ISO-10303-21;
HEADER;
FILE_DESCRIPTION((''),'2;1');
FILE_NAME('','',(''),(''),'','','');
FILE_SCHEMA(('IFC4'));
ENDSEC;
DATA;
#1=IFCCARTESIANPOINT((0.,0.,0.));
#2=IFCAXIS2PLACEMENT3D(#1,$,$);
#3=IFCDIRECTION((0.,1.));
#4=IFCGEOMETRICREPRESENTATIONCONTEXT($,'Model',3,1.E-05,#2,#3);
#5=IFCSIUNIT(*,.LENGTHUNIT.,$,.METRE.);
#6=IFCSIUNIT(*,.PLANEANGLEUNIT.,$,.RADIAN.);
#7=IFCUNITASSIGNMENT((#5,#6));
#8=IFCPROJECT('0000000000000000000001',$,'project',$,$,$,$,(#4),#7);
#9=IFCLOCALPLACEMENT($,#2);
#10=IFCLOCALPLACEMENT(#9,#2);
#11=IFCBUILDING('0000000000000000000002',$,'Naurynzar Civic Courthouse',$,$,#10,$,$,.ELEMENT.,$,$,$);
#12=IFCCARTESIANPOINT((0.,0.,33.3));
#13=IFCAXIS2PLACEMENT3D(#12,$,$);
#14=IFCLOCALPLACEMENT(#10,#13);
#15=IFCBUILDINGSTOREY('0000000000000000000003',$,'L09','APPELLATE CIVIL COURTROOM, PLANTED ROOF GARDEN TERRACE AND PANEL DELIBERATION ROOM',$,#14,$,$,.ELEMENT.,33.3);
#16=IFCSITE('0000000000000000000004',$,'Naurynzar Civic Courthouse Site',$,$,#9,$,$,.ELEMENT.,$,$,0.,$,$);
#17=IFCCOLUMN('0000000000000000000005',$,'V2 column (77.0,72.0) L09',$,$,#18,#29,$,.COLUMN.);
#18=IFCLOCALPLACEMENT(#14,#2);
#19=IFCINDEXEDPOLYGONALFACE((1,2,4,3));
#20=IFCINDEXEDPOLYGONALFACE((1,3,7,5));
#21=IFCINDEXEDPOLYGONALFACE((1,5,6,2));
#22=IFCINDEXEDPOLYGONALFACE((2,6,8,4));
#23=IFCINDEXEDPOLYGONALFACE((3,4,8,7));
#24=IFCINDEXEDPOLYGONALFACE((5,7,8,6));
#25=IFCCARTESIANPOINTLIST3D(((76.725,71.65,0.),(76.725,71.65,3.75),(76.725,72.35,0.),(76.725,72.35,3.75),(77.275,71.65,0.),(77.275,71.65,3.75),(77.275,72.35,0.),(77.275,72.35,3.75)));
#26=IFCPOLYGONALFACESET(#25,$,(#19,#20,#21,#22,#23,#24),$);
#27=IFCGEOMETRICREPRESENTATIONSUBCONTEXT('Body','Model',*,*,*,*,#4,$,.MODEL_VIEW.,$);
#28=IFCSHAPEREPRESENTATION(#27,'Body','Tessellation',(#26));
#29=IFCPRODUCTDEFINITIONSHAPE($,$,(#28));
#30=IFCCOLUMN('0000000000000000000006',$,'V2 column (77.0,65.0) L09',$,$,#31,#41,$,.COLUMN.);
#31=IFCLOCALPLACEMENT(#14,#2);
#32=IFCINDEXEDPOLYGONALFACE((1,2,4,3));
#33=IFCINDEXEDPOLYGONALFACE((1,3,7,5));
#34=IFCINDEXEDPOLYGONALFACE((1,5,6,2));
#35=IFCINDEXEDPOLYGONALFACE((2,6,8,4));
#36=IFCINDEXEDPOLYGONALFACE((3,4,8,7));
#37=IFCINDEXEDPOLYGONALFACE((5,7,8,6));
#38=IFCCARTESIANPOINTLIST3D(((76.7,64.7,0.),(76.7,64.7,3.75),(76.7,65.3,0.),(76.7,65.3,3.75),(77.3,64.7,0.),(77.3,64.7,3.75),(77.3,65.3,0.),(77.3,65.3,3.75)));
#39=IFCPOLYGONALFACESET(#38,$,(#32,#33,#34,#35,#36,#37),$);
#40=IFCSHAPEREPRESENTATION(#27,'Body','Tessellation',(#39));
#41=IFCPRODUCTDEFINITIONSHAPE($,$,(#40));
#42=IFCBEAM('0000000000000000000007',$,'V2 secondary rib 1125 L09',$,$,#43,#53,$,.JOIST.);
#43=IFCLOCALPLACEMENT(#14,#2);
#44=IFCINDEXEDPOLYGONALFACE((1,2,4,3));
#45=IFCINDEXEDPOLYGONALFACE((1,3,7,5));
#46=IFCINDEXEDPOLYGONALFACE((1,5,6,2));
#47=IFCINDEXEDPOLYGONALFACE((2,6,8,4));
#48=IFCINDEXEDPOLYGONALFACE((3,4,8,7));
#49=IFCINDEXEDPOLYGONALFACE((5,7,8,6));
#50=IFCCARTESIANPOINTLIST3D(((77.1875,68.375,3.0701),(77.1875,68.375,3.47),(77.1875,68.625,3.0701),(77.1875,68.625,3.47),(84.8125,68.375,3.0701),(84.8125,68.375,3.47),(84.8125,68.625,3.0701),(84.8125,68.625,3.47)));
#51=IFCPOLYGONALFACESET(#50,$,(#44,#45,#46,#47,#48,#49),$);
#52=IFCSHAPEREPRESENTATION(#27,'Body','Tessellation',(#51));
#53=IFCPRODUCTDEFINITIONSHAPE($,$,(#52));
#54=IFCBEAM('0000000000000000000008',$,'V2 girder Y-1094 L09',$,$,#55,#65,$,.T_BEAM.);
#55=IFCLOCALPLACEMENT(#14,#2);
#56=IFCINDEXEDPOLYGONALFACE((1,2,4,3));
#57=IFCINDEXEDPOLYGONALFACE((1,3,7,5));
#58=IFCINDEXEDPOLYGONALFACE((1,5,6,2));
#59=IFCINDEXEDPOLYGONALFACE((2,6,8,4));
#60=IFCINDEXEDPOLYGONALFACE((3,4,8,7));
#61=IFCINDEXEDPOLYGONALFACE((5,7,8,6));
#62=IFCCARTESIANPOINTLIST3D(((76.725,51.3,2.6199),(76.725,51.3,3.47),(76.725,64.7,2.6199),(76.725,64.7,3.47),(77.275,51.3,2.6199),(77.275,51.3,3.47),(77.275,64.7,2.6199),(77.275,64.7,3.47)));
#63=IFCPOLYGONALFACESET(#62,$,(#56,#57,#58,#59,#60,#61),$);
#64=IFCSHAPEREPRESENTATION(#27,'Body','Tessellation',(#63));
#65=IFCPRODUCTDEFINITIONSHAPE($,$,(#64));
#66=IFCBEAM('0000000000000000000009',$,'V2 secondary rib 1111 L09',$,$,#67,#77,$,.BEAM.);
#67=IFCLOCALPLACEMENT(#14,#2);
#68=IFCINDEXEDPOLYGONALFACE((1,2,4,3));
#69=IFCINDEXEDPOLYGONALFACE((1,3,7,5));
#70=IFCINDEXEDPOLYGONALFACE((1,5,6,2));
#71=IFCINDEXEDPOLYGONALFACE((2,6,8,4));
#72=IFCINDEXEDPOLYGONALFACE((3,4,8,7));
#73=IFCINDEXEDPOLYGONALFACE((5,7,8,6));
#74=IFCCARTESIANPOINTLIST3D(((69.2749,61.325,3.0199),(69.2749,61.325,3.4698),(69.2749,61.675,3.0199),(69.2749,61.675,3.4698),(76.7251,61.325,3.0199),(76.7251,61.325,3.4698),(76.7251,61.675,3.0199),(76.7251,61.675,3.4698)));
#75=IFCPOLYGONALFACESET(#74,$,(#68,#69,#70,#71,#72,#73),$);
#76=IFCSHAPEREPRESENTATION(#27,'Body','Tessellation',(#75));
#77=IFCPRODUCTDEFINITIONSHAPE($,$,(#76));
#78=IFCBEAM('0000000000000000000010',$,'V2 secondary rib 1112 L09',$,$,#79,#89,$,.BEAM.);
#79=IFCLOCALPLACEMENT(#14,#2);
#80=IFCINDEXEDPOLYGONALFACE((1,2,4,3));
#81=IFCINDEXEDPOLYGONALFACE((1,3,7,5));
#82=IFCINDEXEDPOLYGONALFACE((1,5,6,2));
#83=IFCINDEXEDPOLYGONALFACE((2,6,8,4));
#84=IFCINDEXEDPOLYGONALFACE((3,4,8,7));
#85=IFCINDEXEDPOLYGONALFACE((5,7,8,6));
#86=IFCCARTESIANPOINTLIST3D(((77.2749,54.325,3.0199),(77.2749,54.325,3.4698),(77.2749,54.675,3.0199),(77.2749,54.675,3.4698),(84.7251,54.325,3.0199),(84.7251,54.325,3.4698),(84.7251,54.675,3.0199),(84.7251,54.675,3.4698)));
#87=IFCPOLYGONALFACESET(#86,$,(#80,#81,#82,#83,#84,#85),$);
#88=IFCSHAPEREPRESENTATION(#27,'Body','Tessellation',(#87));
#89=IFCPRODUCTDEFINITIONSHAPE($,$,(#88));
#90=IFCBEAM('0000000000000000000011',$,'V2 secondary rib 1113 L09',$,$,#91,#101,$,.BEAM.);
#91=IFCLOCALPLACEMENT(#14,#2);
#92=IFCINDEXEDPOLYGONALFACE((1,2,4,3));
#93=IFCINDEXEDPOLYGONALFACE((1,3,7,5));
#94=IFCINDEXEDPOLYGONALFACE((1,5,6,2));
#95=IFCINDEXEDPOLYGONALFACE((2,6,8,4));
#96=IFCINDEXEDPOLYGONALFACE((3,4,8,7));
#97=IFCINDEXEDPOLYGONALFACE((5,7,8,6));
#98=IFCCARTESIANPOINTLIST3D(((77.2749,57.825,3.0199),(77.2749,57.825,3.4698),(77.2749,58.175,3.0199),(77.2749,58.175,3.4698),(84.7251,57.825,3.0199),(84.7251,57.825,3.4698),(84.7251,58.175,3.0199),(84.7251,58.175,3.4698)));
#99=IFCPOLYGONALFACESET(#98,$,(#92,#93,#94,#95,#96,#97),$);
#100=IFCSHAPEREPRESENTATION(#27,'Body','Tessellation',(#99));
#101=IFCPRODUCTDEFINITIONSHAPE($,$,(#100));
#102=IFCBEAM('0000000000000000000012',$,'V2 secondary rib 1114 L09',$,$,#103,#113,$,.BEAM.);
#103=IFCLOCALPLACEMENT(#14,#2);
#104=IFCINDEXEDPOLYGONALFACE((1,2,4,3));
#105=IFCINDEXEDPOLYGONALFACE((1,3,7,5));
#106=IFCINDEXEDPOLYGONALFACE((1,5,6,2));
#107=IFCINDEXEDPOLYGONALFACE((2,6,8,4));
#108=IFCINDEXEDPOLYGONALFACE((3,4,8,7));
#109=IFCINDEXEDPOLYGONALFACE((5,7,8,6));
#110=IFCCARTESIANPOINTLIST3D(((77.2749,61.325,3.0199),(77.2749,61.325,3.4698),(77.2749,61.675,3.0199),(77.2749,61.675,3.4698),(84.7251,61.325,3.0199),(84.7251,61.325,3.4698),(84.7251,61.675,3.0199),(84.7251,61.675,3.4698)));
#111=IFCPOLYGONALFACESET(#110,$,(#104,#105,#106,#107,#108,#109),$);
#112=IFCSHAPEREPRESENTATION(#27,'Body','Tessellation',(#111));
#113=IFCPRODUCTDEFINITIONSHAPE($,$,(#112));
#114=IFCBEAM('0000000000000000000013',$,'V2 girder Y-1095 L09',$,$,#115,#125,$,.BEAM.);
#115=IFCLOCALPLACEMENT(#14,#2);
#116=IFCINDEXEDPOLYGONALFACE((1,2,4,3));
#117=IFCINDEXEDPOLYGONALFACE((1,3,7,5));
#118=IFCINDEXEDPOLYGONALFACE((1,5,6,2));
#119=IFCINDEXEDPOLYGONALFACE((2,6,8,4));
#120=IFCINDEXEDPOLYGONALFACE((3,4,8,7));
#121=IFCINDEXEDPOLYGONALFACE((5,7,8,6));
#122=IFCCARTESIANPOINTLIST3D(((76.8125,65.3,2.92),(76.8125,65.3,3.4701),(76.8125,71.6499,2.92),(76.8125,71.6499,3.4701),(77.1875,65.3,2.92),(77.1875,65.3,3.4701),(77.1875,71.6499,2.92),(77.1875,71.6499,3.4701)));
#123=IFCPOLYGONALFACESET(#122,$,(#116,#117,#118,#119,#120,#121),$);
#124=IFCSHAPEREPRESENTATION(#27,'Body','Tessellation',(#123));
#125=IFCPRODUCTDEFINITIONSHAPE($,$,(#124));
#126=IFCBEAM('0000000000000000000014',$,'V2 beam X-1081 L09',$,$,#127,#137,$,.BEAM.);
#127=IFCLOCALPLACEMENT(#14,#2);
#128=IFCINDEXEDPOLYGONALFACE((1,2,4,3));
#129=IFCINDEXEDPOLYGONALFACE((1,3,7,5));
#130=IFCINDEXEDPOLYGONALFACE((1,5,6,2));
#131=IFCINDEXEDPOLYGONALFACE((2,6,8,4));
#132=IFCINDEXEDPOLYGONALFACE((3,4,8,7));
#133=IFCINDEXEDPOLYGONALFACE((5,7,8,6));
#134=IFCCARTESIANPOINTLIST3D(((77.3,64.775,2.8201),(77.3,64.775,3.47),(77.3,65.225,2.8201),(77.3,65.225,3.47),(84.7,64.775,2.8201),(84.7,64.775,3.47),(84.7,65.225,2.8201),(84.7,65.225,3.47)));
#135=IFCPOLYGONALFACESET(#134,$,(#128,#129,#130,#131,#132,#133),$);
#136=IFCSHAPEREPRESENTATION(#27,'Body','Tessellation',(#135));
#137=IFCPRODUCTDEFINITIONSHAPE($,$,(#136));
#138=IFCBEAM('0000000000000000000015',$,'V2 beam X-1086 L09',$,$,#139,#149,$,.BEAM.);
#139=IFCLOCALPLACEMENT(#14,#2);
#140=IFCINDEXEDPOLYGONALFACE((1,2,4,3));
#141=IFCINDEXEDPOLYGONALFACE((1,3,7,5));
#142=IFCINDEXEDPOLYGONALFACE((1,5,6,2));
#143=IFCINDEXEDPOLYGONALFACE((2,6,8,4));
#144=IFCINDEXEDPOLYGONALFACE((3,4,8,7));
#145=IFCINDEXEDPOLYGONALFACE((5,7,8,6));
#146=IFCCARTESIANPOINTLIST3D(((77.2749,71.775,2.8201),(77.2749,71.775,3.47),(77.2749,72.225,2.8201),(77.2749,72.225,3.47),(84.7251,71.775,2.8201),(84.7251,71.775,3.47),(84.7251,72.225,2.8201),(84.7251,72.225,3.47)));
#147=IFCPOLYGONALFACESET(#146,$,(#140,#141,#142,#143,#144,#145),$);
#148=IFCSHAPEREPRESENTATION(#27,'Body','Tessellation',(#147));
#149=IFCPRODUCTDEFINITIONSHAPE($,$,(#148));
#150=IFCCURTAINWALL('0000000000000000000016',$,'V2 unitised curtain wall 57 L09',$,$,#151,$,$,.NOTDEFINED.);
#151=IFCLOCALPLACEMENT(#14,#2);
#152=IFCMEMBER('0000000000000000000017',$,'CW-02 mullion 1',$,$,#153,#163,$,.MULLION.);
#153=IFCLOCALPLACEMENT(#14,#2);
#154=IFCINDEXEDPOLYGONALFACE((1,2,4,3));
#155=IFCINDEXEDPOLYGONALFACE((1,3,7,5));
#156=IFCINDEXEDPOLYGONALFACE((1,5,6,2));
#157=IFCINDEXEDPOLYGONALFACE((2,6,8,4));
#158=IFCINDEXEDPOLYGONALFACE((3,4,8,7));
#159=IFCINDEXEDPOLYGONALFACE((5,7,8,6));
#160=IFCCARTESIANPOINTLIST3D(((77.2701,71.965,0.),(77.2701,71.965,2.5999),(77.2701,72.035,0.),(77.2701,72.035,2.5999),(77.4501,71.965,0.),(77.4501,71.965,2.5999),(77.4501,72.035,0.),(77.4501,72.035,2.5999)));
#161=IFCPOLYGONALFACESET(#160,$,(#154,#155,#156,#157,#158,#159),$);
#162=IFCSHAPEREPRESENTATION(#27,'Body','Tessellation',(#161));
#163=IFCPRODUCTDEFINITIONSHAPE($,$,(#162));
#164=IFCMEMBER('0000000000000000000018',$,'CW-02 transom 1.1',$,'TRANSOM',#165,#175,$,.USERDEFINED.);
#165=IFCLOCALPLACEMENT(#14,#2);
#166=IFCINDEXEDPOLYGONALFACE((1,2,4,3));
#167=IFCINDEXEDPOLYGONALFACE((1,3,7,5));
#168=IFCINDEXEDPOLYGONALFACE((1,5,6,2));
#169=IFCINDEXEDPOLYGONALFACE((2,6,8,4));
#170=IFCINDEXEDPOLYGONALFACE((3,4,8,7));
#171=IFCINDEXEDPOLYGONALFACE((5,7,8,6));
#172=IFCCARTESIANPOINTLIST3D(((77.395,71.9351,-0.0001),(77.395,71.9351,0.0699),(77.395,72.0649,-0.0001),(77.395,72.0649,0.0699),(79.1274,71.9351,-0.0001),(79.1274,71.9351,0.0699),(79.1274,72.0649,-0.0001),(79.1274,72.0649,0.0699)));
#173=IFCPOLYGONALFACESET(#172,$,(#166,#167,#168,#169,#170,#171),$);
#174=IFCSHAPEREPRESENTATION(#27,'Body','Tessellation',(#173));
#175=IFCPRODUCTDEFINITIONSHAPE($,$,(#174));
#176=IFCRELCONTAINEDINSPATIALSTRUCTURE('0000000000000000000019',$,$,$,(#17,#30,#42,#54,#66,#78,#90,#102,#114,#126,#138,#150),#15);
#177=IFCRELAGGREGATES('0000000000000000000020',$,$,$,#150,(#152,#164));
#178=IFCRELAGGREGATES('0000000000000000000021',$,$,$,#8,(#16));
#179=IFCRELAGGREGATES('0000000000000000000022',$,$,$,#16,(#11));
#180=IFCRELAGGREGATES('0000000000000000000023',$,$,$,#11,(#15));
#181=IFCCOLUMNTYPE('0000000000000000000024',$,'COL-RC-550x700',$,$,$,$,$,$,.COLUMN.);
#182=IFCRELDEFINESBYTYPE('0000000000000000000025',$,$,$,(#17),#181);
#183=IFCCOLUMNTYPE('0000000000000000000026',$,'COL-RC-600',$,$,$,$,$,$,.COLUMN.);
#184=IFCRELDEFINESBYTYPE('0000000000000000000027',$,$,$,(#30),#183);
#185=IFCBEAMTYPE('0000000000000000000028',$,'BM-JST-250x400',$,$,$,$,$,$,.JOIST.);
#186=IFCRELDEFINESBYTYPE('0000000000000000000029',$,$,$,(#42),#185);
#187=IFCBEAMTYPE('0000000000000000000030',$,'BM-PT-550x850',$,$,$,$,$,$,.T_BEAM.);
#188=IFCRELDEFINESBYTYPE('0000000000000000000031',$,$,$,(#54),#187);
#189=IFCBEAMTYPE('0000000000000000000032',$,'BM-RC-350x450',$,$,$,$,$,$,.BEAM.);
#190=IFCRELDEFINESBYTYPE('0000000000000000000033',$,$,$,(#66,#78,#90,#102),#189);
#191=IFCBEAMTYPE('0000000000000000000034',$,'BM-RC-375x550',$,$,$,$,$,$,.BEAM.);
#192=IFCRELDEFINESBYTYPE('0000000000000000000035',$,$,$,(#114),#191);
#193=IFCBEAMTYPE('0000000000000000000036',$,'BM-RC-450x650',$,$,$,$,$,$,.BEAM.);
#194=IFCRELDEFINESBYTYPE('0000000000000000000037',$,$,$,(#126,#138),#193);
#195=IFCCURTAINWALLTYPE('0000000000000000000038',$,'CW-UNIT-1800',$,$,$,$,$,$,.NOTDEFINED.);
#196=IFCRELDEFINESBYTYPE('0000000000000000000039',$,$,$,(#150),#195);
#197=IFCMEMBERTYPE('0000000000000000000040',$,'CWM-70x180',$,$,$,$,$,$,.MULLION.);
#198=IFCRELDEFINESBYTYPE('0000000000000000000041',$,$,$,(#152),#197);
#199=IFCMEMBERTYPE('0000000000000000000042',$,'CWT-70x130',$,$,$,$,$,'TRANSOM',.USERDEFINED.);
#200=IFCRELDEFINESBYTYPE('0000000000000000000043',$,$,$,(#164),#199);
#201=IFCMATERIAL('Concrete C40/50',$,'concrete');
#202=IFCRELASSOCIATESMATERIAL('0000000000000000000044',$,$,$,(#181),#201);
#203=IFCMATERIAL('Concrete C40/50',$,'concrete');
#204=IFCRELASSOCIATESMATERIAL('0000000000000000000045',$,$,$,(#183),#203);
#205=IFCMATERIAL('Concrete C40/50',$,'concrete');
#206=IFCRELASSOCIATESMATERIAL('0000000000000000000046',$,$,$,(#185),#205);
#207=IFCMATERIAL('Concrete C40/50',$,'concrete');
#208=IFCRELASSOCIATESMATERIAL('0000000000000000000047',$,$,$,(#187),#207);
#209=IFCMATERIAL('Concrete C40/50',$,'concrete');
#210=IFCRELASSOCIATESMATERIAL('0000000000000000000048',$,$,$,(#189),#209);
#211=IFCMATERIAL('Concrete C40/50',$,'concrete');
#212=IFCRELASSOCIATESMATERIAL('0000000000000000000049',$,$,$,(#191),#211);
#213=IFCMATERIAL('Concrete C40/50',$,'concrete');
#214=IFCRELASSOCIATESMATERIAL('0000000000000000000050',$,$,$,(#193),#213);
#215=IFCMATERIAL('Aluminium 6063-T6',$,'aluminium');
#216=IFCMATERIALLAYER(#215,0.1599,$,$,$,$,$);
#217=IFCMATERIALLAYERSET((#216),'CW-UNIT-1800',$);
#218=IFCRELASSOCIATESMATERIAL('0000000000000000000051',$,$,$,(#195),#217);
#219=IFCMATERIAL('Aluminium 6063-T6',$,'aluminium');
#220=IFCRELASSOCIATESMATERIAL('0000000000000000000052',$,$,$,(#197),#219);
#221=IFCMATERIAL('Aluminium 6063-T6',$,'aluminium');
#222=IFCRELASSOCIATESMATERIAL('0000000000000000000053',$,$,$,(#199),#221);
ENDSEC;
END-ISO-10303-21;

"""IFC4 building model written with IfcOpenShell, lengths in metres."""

from ifc_helpers import new_model, si_unit, direction, frame, origin, origin_2d, place, context, subcontext, project, spatial, rectangle, extrude, material, layer, layer_set, material_profile, profile_set, type_object, element, aggregate, save


model = new_model("IFC4")

# Units and contexts
model_context = context("Model", 3, precision=1e-05, world=origin(), true_north=direction((0.0, 1.0)))
body_context = subcontext(model_context, "Body", "Model", "MODEL_VIEW")
ifc_project = project(units=[si_unit("LENGTHUNIT", "METRE"), si_unit("PLANEANGLEUNIT", "RADIAN")], contexts=[model_context])

# Site, building, storey
site_placement = place(None, origin())
site = spatial("IfcSite", under=ifc_project, at=site_placement, Name="Naurynzar Civic Courthouse Site", CompositionType="ELEMENT", RefElevation=0.0)
building_placement = place(site_placement, origin())
building = spatial("IfcBuilding", under=site, at=building_placement, Name="Naurynzar Civic Courthouse", CompositionType="ELEMENT")
storey_placement = place(building_placement, frame((0.0, 0.0, 33.3)))
storey = spatial("IfcBuildingStorey", under=building, at=storey_placement, Name="L09", Description="APPELLATE CIVIL COURTROOM, PLANTED ROOF GARDEN TERRACE AND PANEL DELIBERATION ROOM", CompositionType="ELEMENT", Elevation=33.3)

# Columns
ifc_material_1 = material(Name="Concrete C40/50", Category="concrete")
ifc_material_profile_1 = material_profile(ifc_material_1, rectangle(XDim=0.55, YDim=0.7, at=origin_2d()), Name="RC 550x700")
ifc_profile_set_1 = profile_set([ifc_material_profile_1], Name="Concrete C40/50")
column_type_1 = type_object("IfcColumnType", Name="COL-RC-550x700", PredefinedType="COLUMN", material=ifc_profile_set_1)
column_1_placement = place(storey_placement, frame((77.0, 72.0, 0.0), z_axis=(0.0, 0.0, 1.0), x_axis=(1.0, 0.0, 0.0)))
element("IfcColumn", 1, at=column_1_placement, inside=storey, type_object=column_type_1, Name="V2 column (77.0,72.0) L09", PredefinedType="COLUMN", context=body_context, shape_type="SweptSolid", body=[
    extrude(rectangle(XDim=0.55, YDim=0.7, at=origin_2d()), origin(), (0.0, 0.0, 1.0), 3.75),
])
ifc_material_2 = material(Name="Concrete C40/50", Category="concrete")
ifc_material_profile_2 = material_profile(ifc_material_2, rectangle(XDim=0.6001, YDim=0.6001, at=origin_2d()), Name="RC 600x600")
ifc_profile_set_2 = profile_set([ifc_material_profile_2], Name="Concrete C40/50")
column_type_2 = type_object("IfcColumnType", Name="COL-RC-600", PredefinedType="COLUMN", material=ifc_profile_set_2)
column_2_placement = place(storey_placement, frame((77.0, 65.0, 0.0), z_axis=(0.0, 0.0, 1.0), x_axis=(1.0, 0.0, 0.0)))
element("IfcColumn", 2, at=column_2_placement, inside=storey, type_object=column_type_2, Name="V2 column (77.0,65.0) L09", PredefinedType="COLUMN", context=body_context, shape_type="SweptSolid", body=[
    extrude(rectangle(XDim=0.6001, YDim=0.6001, at=origin_2d()), origin(), (0.0, 0.0, 1.0), 3.75),
])

# Beams
ifc_material_3 = material(Name="Concrete C40/50", Category="concrete")
ifc_material_profile_3 = material_profile(ifc_material_3, rectangle(XDim=0.25, YDim=0.3999, at=origin_2d()), Name="RCB 250x400")
ifc_profile_set_3 = profile_set([ifc_material_profile_3], Name="Concrete C40/50")
beam_type_1 = type_object("IfcBeamType", Name="BM-JST-250x400", PredefinedType="JOIST", material=ifc_profile_set_3)
beam_1_placement = place(storey_placement, frame((77.1875, 68.5, 3.27), z_axis=(1.0, 0.0, 0.0), x_axis=(0.0, 1.0, 0.0)))
element("IfcBeam", 3, at=beam_1_placement, inside=storey, type_object=beam_type_1, Name="V2 secondary rib 1125 L09", PredefinedType="JOIST", context=body_context, shape_type="SweptSolid", body=[
    extrude(rectangle(XDim=0.25, YDim=0.3999, at=origin_2d()), origin(), (0.0, 0.0, 1.0), 7.625),
])
ifc_material_4 = material(Name="Concrete C40/50", Category="concrete")
ifc_material_profile_4 = material_profile(ifc_material_4, rectangle(XDim=0.55, YDim=0.8501, at=origin_2d()), Name="PTB 550x850")
ifc_profile_set_4 = profile_set([ifc_material_profile_4], Name="Concrete C40/50")
beam_type_2 = type_object("IfcBeamType", Name="BM-PT-550x850", PredefinedType="T_BEAM", material=ifc_profile_set_4)
beam_2_placement = place(storey_placement, frame((77.0, 51.3, 3.0449), z_axis=(0.0, 1.0, 0.0), x_axis=(-1.0, 0.0, 0.0)))
element("IfcBeam", 4, at=beam_2_placement, inside=storey, type_object=beam_type_2, Name="V2 girder Y-1094 L09", PredefinedType="T_BEAM", context=body_context, shape_type="SweptSolid", body=[
    extrude(rectangle(XDim=0.55, YDim=0.8501, at=origin_2d()), origin(), (0.0, 0.0, 1.0), 13.3999),
])
ifc_material_5 = material(Name="Concrete C40/50", Category="concrete")
ifc_material_profile_5 = material_profile(ifc_material_5, rectangle(XDim=0.3501, YDim=0.45, at=origin_2d()), Name="RCB 350x450")
ifc_profile_set_5 = profile_set([ifc_material_profile_5], Name="Concrete C40/50")
beam_type_3 = type_object("IfcBeamType", Name="BM-RC-350x450", PredefinedType="BEAM", material=ifc_profile_set_5)
for number, where, z_axis, x_axis, name in (
    (5, (69.2749, 61.5, 3.2449), (1.0, 0.0, 0.0), (0.0, 1.0, 0.0), "V2 secondary rib 1111 L09"),
    (6, (77.2749, 54.5, 3.2449), (1.0, 0.0, 0.0), (0.0, 1.0, 0.0), "V2 secondary rib 1112 L09"),
    (7, (77.2749, 58.0, 3.2449), (1.0, 0.0, 0.0), (0.0, 1.0, 0.0), "V2 secondary rib 1113 L09"),
    (8, (77.2749, 61.5, 3.2449), (1.0, 0.0, 0.0), (0.0, 1.0, 0.0), "V2 secondary rib 1114 L09"),
):
    element("IfcBeam", number, at=place(storey_placement, frame(where, z_axis=z_axis, x_axis=x_axis)), inside=storey, type_object=beam_type_3, Name=name, PredefinedType="BEAM", context=body_context, shape_type="SweptSolid", body=[
        extrude(rectangle(XDim=0.3501, YDim=0.45, at=origin_2d()), origin(), (0.0, 0.0, 1.0), 7.4502),
    ])
ifc_material_6 = material(Name="Concrete C40/50", Category="concrete")
ifc_material_profile_6 = material_profile(ifc_material_6, rectangle(XDim=0.375, YDim=0.55, at=origin_2d()), Name="RCB 375x550")
ifc_profile_set_6 = profile_set([ifc_material_profile_6], Name="Concrete C40/50")
beam_type_4 = type_object("IfcBeamType", Name="BM-RC-375x550", PredefinedType="BEAM", material=ifc_profile_set_6)
beam_3_placement = place(storey_placement, frame((77.0, 65.3, 3.1951), z_axis=(0.0, 1.0, 0.0), x_axis=(-1.0, 0.0, 0.0)))
element("IfcBeam", 9, at=beam_3_placement, inside=storey, type_object=beam_type_4, Name="V2 girder Y-1095 L09", PredefinedType="BEAM", context=body_context, shape_type="SweptSolid", body=[
    extrude(rectangle(XDim=0.375, YDim=0.55, at=origin_2d()), origin(), (0.0, 0.0, 1.0), 6.3499),
])
ifc_material_7 = material(Name="Concrete C40/50", Category="concrete")
ifc_material_profile_7 = material_profile(ifc_material_7, rectangle(XDim=0.45, YDim=0.6499, at=origin_2d()), Name="RCB 450x650")
ifc_profile_set_7 = profile_set([ifc_material_profile_7], Name="Concrete C40/50")
beam_type_5 = type_object("IfcBeamType", Name="BM-RC-450x650", PredefinedType="BEAM", material=ifc_profile_set_7)
beam_4_placement = place(storey_placement, frame((77.3, 65.0, 3.145), z_axis=(1.0, 0.0, 0.0), x_axis=(0.0, 1.0, 0.0)))
element("IfcBeam", 10, at=beam_4_placement, inside=storey, type_object=beam_type_5, Name="V2 beam X-1081 L09", PredefinedType="BEAM", context=body_context, shape_type="SweptSolid", body=[
    extrude(rectangle(XDim=0.45, YDim=0.6499, at=origin_2d()), origin(), (0.0, 0.0, 1.0), 7.3999),
])
beam_5_placement = place(storey_placement, frame((77.2749, 72.0, 3.145), z_axis=(1.0, 0.0, 0.0), x_axis=(0.0, 1.0, 0.0)))
element("IfcBeam", 11, at=beam_5_placement, inside=storey, type_object=beam_type_5, Name="V2 beam X-1086 L09", PredefinedType="BEAM", context=body_context, shape_type="SweptSolid", body=[
    extrude(rectangle(XDim=0.45, YDim=0.6499, at=origin_2d()), origin(), (0.0, 0.0, 1.0), 7.4502),
])

# Curtain wall, members
ifc_material_8 = material(Name="Aluminium 6063-T6", Category="aluminium")
ifc_layer_1 = layer(ifc_material_8, 0.1599)
ifc_layer_set_1 = layer_set([ifc_layer_1], Name="CW-UNIT-1800")
curtain_wall_type = type_object("IfcCurtainWallType", Name="CW-UNIT-1800", PredefinedType="NOTDEFINED", material=ifc_layer_set_1)
curtain_wall_placement = place(storey_placement, origin())
curtain_wall = element("IfcCurtainWall", 12, at=curtain_wall_placement, inside=storey, type_object=curtain_wall_type, Name="V2 unitised curtain wall 57 L09", PredefinedType="NOTDEFINED")
ifc_material_9 = material(Name="Aluminium 6063-T6", Category="aluminium")
ifc_material_profile_8 = material_profile(ifc_material_9, rectangle(XDim=0.0701, YDim=0.1799, at=origin_2d()), Name="ALU MULLION 70x180")
ifc_profile_set_8 = profile_set([ifc_material_profile_8], Name="Aluminium 6063-T6")
member_type_1 = type_object("IfcMemberType", Name="CWM-70x180", PredefinedType="MULLION", material=ifc_profile_set_8)
member_1_placement = place(storey_placement, frame((77.3601, 72.0, 0.0), z_axis=(0.0, 0.0, 1.0), x_axis=(0.0, 1.0, 0.0)))
member_1 = element("IfcMember", 13, at=member_1_placement, type_object=member_type_1, Name="CW-02 mullion 1", PredefinedType="MULLION", context=body_context, shape_type="SweptSolid", body=[
    extrude(rectangle(XDim=0.0701, YDim=0.1799, at=origin_2d()), origin(), (0.0, 0.0, 1.0), 2.5999),
])
ifc_material_10 = material(Name="Aluminium 6063-T6", Category="aluminium")
ifc_material_profile_9 = material_profile(ifc_material_10, rectangle(XDim=0.1299, YDim=0.0701, at=origin_2d()), Name="ALU TRANSOM 70x130")
ifc_profile_set_9 = profile_set([ifc_material_profile_9], Name="Aluminium 6063-T6")
member_type_2 = type_object("IfcMemberType", Name="CWT-70x130", ElementType="TRANSOM", PredefinedType="USERDEFINED", material=ifc_profile_set_9)
member_2_placement = place(storey_placement, frame((77.395, 72.0, 0.0349), z_axis=(1.0, 0.0, 0.0), x_axis=(0.0, 1.0, 0.0)))
member_2 = element("IfcMember", 14, at=member_2_placement, type_object=member_type_2, Name="CW-02 transom 1.1", ObjectType="TRANSOM", PredefinedType="USERDEFINED", context=body_context, shape_type="SweptSolid", body=[
    extrude(rectangle(XDim=0.1299, YDim=0.0701, at=origin_2d()), origin(), (0.0, 0.0, 1.0), 1.7324),
])
aggregate(curtain_wall, [member_1, member_2])

save(model, "model.ifc")
